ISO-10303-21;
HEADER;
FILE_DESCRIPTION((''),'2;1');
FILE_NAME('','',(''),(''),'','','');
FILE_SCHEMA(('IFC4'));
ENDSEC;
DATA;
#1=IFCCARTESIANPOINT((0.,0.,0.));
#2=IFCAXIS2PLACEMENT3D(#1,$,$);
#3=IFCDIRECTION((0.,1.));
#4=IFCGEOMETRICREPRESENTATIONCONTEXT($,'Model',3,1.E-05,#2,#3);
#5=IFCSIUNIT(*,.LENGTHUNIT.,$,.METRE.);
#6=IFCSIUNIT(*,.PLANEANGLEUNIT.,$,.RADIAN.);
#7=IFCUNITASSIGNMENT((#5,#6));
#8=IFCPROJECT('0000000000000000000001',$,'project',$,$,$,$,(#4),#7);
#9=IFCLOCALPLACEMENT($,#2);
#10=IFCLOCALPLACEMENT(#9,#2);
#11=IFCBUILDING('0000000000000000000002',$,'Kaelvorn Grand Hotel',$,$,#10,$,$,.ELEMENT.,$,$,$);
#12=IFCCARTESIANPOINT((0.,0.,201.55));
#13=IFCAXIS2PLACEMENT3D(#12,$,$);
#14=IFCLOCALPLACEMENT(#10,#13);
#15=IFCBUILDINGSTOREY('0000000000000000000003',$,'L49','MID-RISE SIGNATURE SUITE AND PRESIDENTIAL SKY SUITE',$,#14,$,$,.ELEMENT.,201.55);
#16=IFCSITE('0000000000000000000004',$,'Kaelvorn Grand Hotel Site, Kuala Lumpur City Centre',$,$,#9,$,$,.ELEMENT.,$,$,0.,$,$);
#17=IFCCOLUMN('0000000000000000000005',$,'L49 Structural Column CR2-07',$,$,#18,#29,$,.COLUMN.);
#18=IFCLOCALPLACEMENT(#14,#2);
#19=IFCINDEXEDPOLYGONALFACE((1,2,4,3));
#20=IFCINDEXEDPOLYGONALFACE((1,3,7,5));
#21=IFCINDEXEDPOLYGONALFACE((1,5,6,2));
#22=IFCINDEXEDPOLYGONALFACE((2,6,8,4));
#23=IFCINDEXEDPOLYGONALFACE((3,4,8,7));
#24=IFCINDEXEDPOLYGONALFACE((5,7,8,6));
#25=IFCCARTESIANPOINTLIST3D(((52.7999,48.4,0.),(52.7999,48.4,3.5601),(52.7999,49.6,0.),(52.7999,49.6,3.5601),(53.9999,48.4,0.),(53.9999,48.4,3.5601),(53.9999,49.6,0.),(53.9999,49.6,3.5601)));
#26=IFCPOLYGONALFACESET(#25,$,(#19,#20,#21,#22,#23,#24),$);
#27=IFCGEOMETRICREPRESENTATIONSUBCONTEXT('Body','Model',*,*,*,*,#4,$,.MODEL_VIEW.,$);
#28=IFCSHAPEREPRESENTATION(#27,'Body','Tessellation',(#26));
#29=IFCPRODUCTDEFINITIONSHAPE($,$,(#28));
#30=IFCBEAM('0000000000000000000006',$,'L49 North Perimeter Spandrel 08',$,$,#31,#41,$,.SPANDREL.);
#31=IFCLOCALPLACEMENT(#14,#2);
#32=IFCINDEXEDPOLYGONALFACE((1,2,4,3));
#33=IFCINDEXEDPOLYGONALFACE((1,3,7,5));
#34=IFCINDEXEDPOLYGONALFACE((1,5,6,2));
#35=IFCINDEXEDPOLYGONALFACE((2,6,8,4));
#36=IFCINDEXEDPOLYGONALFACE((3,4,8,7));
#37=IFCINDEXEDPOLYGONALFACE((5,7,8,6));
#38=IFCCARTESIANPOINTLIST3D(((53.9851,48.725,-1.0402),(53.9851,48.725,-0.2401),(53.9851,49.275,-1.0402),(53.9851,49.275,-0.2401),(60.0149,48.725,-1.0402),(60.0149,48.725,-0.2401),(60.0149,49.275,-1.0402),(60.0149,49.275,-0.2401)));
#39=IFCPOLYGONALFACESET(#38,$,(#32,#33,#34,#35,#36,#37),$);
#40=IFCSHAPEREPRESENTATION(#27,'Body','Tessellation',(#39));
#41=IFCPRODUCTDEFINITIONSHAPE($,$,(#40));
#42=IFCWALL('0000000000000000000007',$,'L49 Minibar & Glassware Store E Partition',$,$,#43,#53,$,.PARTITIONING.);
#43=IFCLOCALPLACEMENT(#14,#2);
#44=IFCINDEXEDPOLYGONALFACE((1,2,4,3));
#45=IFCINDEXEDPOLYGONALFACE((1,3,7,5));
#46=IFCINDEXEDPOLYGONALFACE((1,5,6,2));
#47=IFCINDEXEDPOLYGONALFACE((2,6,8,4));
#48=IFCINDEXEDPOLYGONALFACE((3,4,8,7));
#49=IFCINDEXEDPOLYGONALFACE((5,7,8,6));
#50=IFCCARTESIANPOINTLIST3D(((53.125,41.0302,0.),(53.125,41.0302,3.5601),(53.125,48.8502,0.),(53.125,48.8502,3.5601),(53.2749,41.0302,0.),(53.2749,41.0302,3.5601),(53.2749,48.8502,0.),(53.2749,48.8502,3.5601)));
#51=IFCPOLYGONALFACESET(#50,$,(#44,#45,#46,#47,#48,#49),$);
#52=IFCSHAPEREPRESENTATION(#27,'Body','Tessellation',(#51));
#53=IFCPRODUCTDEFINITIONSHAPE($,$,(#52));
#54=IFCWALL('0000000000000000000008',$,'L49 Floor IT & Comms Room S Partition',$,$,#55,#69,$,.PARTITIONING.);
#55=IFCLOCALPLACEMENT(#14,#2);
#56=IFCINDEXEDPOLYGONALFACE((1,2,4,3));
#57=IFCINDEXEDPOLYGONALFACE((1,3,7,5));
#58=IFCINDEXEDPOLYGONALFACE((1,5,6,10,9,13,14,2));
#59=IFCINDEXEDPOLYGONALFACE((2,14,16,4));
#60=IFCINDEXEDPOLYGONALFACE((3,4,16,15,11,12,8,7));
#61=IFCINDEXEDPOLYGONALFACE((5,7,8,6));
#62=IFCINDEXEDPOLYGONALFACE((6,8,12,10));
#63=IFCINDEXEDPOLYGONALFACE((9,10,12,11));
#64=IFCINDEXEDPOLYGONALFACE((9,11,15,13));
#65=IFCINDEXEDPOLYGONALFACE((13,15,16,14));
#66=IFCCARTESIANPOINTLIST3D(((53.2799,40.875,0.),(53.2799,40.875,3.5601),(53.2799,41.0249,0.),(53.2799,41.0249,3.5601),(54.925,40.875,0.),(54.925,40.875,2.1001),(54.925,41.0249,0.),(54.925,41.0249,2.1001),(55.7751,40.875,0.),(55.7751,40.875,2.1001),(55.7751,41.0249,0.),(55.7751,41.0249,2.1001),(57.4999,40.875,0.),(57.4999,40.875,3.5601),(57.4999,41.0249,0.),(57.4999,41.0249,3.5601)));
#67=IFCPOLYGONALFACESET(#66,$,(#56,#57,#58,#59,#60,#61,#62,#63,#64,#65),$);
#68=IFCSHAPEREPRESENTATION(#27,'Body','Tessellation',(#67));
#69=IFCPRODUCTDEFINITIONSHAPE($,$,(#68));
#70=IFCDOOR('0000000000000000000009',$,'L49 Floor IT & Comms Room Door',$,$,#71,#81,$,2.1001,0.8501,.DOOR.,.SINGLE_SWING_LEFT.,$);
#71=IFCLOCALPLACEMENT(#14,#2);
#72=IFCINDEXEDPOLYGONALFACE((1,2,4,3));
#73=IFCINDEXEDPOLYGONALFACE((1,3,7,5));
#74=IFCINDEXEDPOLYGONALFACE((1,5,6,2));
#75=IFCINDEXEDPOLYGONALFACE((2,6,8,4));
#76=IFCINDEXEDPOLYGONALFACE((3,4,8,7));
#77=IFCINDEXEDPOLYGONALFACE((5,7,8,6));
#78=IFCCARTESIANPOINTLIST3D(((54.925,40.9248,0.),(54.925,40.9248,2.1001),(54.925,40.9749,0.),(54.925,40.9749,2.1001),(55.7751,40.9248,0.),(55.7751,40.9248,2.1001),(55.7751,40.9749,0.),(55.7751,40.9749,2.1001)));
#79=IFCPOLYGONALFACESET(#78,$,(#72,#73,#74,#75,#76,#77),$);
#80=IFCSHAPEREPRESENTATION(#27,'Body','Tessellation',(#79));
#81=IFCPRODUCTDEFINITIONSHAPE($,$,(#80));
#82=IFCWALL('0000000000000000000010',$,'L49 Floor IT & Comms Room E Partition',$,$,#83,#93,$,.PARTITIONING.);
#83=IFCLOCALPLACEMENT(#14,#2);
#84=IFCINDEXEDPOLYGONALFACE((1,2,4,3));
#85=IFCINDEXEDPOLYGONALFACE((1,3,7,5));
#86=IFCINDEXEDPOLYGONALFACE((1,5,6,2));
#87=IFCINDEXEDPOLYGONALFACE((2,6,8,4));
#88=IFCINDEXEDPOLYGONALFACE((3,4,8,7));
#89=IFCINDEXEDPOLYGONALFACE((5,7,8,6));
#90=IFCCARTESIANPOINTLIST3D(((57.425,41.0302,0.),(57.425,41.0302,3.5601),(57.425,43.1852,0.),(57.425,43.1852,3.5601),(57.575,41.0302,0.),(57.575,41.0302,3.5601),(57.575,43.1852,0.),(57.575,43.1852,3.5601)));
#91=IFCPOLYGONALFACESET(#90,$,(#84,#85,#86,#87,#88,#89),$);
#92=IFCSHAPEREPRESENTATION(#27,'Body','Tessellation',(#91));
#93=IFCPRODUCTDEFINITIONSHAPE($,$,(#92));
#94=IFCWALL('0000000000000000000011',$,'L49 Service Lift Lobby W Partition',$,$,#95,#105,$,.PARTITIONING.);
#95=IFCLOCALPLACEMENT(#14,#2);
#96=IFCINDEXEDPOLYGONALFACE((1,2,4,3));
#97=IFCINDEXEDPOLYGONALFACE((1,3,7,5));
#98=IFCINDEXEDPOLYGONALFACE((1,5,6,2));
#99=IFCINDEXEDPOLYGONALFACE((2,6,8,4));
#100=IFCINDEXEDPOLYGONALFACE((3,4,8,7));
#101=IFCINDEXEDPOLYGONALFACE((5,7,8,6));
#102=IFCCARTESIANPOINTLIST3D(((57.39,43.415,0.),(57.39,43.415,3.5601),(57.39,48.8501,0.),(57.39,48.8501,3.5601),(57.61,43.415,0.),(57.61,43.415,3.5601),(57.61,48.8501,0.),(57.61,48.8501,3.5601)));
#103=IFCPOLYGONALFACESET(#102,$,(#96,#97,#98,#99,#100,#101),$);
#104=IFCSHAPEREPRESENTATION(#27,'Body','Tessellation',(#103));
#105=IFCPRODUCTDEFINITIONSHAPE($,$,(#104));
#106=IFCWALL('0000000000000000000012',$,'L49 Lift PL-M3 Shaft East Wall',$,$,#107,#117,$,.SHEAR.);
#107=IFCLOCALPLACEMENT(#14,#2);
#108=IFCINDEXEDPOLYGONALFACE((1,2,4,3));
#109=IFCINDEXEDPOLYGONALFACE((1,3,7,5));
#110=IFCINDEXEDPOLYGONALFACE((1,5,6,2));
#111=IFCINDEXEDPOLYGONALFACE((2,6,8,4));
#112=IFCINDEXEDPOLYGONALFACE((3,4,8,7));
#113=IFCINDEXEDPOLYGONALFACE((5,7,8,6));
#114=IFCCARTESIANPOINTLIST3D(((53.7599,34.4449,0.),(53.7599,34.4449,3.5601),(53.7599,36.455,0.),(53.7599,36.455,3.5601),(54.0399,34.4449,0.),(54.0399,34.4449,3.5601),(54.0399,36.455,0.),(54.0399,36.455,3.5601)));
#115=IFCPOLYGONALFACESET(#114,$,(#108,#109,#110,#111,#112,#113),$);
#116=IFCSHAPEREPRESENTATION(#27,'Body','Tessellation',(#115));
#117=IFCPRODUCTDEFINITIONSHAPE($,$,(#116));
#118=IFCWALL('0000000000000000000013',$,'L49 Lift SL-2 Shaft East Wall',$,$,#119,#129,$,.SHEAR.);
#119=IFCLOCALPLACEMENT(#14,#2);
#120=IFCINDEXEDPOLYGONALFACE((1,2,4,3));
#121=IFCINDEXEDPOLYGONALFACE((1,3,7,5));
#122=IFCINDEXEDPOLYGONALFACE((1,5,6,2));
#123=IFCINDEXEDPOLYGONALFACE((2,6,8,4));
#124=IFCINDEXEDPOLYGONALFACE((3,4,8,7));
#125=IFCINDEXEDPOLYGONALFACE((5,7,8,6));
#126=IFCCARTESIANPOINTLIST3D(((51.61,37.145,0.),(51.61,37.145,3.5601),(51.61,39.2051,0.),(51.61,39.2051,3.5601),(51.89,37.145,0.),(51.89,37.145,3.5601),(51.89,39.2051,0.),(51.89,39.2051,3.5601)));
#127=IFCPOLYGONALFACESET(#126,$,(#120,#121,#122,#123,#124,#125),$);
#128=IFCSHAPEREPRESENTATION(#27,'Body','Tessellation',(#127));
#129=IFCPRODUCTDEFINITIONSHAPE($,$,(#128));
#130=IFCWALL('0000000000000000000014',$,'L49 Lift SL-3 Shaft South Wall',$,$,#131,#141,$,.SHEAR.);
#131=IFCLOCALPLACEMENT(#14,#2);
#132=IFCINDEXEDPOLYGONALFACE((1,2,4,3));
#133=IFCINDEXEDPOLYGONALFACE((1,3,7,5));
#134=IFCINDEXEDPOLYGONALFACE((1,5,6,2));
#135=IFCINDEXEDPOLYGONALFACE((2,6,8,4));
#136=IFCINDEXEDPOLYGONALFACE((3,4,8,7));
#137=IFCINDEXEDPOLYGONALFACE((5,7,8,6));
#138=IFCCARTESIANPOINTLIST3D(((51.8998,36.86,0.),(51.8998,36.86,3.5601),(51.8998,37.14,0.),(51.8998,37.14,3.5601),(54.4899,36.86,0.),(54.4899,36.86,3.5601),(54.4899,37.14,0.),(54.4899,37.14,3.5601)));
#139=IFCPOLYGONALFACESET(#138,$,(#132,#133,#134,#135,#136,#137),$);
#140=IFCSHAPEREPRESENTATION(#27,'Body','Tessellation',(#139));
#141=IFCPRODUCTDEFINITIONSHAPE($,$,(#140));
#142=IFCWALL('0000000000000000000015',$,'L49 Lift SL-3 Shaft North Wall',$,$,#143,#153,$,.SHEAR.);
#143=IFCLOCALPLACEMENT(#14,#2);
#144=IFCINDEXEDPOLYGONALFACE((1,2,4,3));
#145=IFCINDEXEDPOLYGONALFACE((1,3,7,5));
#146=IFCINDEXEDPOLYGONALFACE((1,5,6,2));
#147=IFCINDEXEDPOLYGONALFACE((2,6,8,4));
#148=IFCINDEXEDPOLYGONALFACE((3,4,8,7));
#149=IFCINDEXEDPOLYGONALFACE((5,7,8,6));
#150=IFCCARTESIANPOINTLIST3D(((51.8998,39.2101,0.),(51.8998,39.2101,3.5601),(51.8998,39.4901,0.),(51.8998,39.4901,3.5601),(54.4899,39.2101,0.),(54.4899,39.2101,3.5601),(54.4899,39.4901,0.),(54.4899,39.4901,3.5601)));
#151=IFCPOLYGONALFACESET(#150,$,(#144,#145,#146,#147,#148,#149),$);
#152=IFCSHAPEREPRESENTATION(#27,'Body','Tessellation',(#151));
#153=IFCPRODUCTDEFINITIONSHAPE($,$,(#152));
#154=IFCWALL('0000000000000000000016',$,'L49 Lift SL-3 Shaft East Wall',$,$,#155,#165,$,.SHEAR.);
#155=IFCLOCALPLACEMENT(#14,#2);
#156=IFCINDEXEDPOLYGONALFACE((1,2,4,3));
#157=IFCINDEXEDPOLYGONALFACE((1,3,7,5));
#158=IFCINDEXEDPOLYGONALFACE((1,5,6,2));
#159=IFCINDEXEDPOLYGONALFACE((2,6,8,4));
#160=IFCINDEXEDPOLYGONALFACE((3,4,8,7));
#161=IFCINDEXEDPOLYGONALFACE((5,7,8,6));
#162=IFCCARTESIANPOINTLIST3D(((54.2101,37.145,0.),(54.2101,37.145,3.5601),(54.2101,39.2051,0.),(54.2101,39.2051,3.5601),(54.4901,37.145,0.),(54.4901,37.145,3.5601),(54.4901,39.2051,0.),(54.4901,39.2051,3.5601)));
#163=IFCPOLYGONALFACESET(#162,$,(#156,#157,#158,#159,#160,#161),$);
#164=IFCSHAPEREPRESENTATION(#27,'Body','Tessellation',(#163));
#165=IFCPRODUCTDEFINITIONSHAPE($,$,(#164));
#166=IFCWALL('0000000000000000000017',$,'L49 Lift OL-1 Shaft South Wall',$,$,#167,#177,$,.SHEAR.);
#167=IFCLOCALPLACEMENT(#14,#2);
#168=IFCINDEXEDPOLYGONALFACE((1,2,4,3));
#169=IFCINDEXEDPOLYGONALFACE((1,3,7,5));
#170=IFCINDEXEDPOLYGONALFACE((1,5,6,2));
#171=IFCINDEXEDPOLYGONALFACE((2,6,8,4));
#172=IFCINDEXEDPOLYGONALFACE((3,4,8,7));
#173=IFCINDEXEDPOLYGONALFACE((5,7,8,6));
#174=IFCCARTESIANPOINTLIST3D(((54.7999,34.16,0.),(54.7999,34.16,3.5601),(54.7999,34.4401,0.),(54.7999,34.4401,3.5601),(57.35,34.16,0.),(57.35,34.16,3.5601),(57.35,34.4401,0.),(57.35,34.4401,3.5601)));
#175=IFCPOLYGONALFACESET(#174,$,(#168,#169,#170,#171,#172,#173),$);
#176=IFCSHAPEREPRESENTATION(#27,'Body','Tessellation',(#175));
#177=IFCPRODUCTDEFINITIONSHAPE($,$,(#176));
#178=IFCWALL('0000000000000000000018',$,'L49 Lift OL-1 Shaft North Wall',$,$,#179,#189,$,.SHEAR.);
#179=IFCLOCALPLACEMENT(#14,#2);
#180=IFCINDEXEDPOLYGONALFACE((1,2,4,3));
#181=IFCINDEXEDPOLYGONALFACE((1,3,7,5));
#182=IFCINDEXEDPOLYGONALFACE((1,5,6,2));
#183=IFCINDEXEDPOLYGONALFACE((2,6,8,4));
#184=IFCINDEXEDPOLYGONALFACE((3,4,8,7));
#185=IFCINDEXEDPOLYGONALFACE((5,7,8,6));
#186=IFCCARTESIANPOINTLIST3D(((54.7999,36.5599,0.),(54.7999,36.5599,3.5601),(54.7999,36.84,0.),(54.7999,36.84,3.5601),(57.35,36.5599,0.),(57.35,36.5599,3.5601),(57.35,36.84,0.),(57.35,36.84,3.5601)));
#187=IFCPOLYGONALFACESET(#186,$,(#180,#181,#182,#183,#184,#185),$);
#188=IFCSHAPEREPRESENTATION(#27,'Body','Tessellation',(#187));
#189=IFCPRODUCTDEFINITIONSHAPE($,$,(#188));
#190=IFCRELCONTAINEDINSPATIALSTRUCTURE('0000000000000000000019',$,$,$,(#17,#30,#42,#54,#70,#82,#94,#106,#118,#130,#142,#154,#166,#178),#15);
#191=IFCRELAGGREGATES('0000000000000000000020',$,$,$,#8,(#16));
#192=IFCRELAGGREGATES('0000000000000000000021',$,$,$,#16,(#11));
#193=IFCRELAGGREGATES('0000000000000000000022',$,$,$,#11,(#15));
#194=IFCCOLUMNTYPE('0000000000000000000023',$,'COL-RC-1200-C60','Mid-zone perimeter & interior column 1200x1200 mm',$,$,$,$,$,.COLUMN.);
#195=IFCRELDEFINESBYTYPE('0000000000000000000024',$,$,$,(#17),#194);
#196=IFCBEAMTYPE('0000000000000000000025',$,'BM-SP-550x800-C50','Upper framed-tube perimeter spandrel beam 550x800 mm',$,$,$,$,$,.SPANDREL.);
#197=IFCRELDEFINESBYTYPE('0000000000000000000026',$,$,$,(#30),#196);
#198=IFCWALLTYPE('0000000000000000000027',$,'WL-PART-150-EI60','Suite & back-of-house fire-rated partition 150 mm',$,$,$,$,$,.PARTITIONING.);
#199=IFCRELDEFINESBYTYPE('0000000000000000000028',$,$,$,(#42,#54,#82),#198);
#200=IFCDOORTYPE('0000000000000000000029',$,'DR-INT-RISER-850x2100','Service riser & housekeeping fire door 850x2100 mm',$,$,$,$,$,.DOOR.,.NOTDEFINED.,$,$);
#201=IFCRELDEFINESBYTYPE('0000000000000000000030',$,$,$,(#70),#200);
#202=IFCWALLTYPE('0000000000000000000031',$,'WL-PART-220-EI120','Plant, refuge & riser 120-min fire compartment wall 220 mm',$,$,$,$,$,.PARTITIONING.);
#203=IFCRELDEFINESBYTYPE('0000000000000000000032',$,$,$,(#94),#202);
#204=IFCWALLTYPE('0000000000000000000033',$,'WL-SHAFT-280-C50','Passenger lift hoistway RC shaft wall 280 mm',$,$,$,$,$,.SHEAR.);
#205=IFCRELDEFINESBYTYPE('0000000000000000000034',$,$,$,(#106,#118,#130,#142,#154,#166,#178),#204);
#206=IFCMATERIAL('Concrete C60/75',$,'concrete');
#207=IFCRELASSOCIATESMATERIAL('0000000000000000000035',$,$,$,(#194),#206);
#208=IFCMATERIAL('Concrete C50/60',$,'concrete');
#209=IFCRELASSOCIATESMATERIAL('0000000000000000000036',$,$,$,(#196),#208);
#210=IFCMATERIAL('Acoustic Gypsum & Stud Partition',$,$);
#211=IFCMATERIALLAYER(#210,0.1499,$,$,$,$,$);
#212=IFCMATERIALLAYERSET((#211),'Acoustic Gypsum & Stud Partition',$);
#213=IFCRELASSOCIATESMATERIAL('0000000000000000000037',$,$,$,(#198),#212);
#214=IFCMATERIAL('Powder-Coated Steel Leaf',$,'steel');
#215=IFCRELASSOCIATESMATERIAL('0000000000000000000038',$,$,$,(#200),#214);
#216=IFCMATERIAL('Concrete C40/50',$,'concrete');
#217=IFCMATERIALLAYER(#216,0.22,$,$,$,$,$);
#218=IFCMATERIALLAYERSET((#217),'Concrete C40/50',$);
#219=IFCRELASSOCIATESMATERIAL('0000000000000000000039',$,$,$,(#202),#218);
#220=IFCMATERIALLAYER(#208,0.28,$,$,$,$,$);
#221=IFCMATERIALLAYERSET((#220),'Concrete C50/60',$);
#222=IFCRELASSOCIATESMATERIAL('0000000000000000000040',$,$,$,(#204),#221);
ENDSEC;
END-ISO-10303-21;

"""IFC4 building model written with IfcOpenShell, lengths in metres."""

from ifc_helpers import new_model, si_unit, direction, frame, frame_2d, origin, origin_2d, place, context, subcontext, project, spatial, rectangle, extrude, material, layer, layer_set, material_profile, profile_set, type_object, element, fill, save


model = new_model("IFC4")

# Units and contexts
model_context = context("Model", 3, precision=1e-05, world=origin(), true_north=direction((0.0, 1.0)))
body_context = subcontext(model_context, "Body", "Model", "MODEL_VIEW")
ifc_project = project(units=[si_unit("LENGTHUNIT", "METRE"), si_unit("PLANEANGLEUNIT", "RADIAN")], contexts=[model_context])

# Site, building, storey
site_placement = place(None, origin())
site = spatial("IfcSite", under=ifc_project, at=site_placement, Name="Kaelvorn Grand Hotel Site, Kuala Lumpur City Centre", CompositionType="ELEMENT", RefElevation=0.0)
building_placement = place(site_placement, origin())
building = spatial("IfcBuilding", under=site, at=building_placement, Name="Kaelvorn Grand Hotel", CompositionType="ELEMENT")
storey_placement = place(building_placement, frame((0.0, 0.0, 201.55)))
storey = spatial("IfcBuildingStorey", under=building, at=storey_placement, Name="L49", Description="MID-RISE SIGNATURE SUITE AND PRESIDENTIAL SKY SUITE", CompositionType="ELEMENT", Elevation=201.55)

# Column
ifc_material_1 = material(Name="Concrete C60/75", Category="concrete")
ifc_material_profile_1 = material_profile(ifc_material_1, rectangle(XDim=1.2, YDim=1.2, at=origin_2d()), Name="RC COL 1200x1200")
ifc_profile_set_1 = profile_set([ifc_material_profile_1], Name="Concrete C60/75")
column_type = type_object("IfcColumnType", Name="COL-RC-1200-C60", Description="Mid-zone perimeter & interior column 1200x1200 mm", PredefinedType="COLUMN", material=ifc_profile_set_1)
column_placement = place(storey_placement, frame((53.3999, 49.0, 0.0), z_axis=(0.0, 0.0, 1.0), x_axis=(1.0, 0.0, 0.0)))
element("IfcColumn", 1, at=column_placement, inside=storey, type_object=column_type, Name="L49 Structural Column CR2-07", PredefinedType="COLUMN", context=body_context, shape_type="SweptSolid", body=[
    extrude(rectangle(XDim=1.2, YDim=1.2, at=origin_2d()), origin(), (0.0, 0.0, 1.0), 3.5601),
])

# Beam
ifc_material_2 = material(Name="Concrete C50/60", Category="concrete")
ifc_material_profile_2 = material_profile(ifc_material_2, rectangle(XDim=0.55, YDim=0.8, at=origin_2d()), Name="RC SPANDREL 550x800")
ifc_profile_set_2 = profile_set([ifc_material_profile_2], Name="Concrete C50/60")
beam_type = type_object("IfcBeamType", Name="BM-SP-550x800-C50", Description="Upper framed-tube perimeter spandrel beam 550x800 mm", PredefinedType="SPANDREL", material=ifc_profile_set_2)
beam_placement = place(storey_placement, frame((53.9851, 49.0, -0.6401), z_axis=(1.0, 0.0, 0.0), x_axis=(0.0, 1.0, 0.0)))
element("IfcBeam", 2, at=beam_placement, inside=storey, type_object=beam_type, Name="L49 North Perimeter Spandrel 08", PredefinedType="SPANDREL", context=body_context, shape_type="SweptSolid", body=[
    extrude(rectangle(XDim=0.55, YDim=0.8, at=origin_2d()), origin(), (0.0, 0.0, 1.0), 6.0298),
])

# Wall
ifc_material_3 = material(Name="Acoustic Gypsum & Stud Partition")
ifc_layer_1 = layer(ifc_material_3, 0.1499)
ifc_layer_set_1 = layer_set([ifc_layer_1], Name="Acoustic Gypsum & Stud Partition")
wall_type_1 = type_object("IfcWallType", Name="WL-PART-150-EI60", Description="Suite & back-of-house fire-rated partition 150 mm", PredefinedType="PARTITIONING", material=ifc_layer_set_1)
wall_1_placement = place(storey_placement, frame((53.2, 41.03, 0.0), z_axis=(0.0, 0.0, 1.0), x_axis=(0.0, 1.0, 0.0)))
element("IfcWall", 3, at=wall_1_placement, inside=storey, type_object=wall_type_1, Name="L49 Minibar & Glassware Store E Partition", PredefinedType="PARTITIONING", context=body_context, shape_type="SweptSolid", body=[
    extrude(rectangle(XDim=7.8201, YDim=0.1499, at=frame_2d((3.9102, 0.0))), origin(), (0.0, 0.0, 1.0), 3.5601),
])

# Wall, opening, door
wall_2_placement = place(storey_placement, frame((53.28, 40.95, 0.0), z_axis=(0.0, 0.0, 1.0), x_axis=(1.0, 0.0, 0.0)))
wall_2 = element("IfcWall", 4, at=wall_2_placement, inside=storey, type_object=wall_type_1, Name="L49 Floor IT & Comms Room S Partition", PredefinedType="PARTITIONING", context=body_context, shape_type="SweptSolid", body=[
    extrude(rectangle(XDim=4.22, YDim=0.1499, at=frame_2d((2.1099, 0.0))), origin(), (0.0, 0.0, 1.0), 3.5601),
])
opening_1_placement = place(wall_2_placement, frame((1.645, 0.0, 0.0)))
opening_1 = element("IfcOpeningElement", 5, at=opening_1_placement, cuts=wall_2, PredefinedType="OPENING", context=body_context, shape_type="SweptSolid", body=[
    extrude(rectangle(XDim=0.8501, YDim=2.1001, at=frame_2d((0.425, 1.05))), frame((0.0, 0.085, 0.0), z_axis=(0.0, -1.0, 0.0), x_axis=(1.0, 0.0, 0.0)), (0.0, 0.0, 1.0), 0.1699),
])
ifc_material_4 = material(Name="Powder-Coated Steel Leaf", Category="steel")
door_type_1 = type_object("IfcDoorType", Name="DR-INT-RISER-850x2100", Description="Service riser & housekeeping fire door 850x2100 mm", OperationType="NOTDEFINED", PredefinedType="DOOR", material=ifc_material_4)
door_1_placement = place(opening_1_placement, origin())
door_1 = element("IfcDoor", 6, at=door_1_placement, inside=storey, type_object=door_type_1, Name="L49 Floor IT & Comms Room Door", OperationType="SINGLE_SWING_LEFT", OverallHeight=2.1001, OverallWidth=0.8501, PredefinedType="DOOR", context=body_context, shape_type="SweptSolid", body=[
    extrude(rectangle(XDim=0.8501, YDim=2.1001, at=frame_2d((0.425, 1.05))), frame((0.0, 0.0249, 0.0), z_axis=(0.0, -1.0, 0.0), x_axis=(1.0, 0.0, 0.0)), (0.0, 0.0, 1.0), 0.05),
])
fill(opening_1, door_1)

# Wall
wall_3_placement = place(storey_placement, frame((57.5, 41.03, 0.0), z_axis=(0.0, 0.0, 1.0), x_axis=(0.0, 1.0, 0.0)))
element("IfcWall", 7, at=wall_3_placement, inside=storey, type_object=wall_type_1, Name="L49 Floor IT & Comms Room E Partition", PredefinedType="PARTITIONING", context=body_context, shape_type="SweptSolid", body=[
    extrude(rectangle(XDim=2.155, YDim=0.1499, at=frame_2d((1.0776, 0.0))), origin(), (0.0, 0.0, 1.0), 3.5601),
])

# Shared definitions
ifc_material_5 = material(Name="Concrete C40/50", Category="concrete")
ifc_layer_2 = layer(ifc_material_5, 0.22)
ifc_layer_set_2 = layer_set([ifc_layer_2], Name="Concrete C40/50")
wall_type_2 = type_object("IfcWallType", Name="WL-PART-220-EI120", Description="Plant, refuge & riser 120-min fire compartment wall 220 mm", PredefinedType="PARTITIONING", material=ifc_layer_set_2)

# Walls
wall_4_placement = place(storey_placement, frame((57.5, 43.415, 0.0), z_axis=(0.0, 0.0, 1.0), x_axis=(0.0, 1.0, 0.0)))
element("IfcWall", 8, at=wall_4_placement, inside=storey, type_object=wall_type_2, Name="L49 Service Lift Lobby W Partition", PredefinedType="PARTITIONING", context=body_context, shape_type="SweptSolid", body=[
    extrude(rectangle(XDim=5.4351, YDim=0.22, at=frame_2d((2.7175, 0.0))), origin(), (0.0, 0.0, 1.0), 3.5601),
])
ifc_layer_3 = layer(ifc_material_2, 0.28)
ifc_layer_set_3 = layer_set([ifc_layer_3], Name="Concrete C50/60")
wall_type_3 = type_object("IfcWallType", Name="WL-SHAFT-280-C50", Description="Passenger lift hoistway RC shaft wall 280 mm", PredefinedType="SHEAR", material=ifc_layer_set_3)
wall_5_placement = place(storey_placement, frame((53.8999, 34.4451, 0.0), z_axis=(0.0, 0.0, 1.0), x_axis=(0.0, 1.0, 0.0)))
element("IfcWall", 9, at=wall_5_placement, inside=storey, type_object=wall_type_3, Name="L49 Lift PL-M3 Shaft East Wall", PredefinedType="SHEAR", context=body_context, shape_type="SweptSolid", body=[
    extrude(rectangle(XDim=2.01, YDim=0.28, at=frame_2d((1.0049, 0.0))), origin(), (0.0, 0.0, 1.0), 3.5601),
])
wall_6_placement = place(storey_placement, frame((51.75, 37.145, 0.0), z_axis=(0.0, 0.0, 1.0), x_axis=(0.0, 1.0, 0.0)))
element("IfcWall", 10, at=wall_6_placement, inside=storey, type_object=wall_type_3, Name="L49 Lift SL-2 Shaft East Wall", PredefinedType="SHEAR", context=body_context, shape_type="SweptSolid", body=[
    extrude(rectangle(XDim=2.0601, YDim=0.28, at=frame_2d((1.03, 0.0))), origin(), (0.0, 0.0, 1.0), 3.5601),
])
for number, where, z_axis, x_axis, name in (
    (11, (51.8999, 37.0, 0.0), (0.0, 0.0, 1.0), (1.0, 0.0, 0.0), "L49 Lift SL-3 Shaft South Wall"),
    (12, (51.8999, 39.3501, 0.0), (0.0, 0.0, 1.0), (1.0, 0.0, 0.0), "L49 Lift SL-3 Shaft North Wall"),
):
    element("IfcWall", number, at=place(storey_placement, frame(where, z_axis=z_axis, x_axis=x_axis)), inside=storey, type_object=wall_type_3, Name=name, PredefinedType="SHEAR", context=body_context, shape_type="SweptSolid", body=[
        extrude(rectangle(XDim=2.5901, YDim=0.28, at=frame_2d((1.2949, 0.0))), origin(), (0.0, 0.0, 1.0), 3.5601),
    ])
wall_7_placement = place(storey_placement, frame((54.3501, 37.145, 0.0), z_axis=(0.0, 0.0, 1.0), x_axis=(0.0, 1.0, 0.0)))
element("IfcWall", 13, at=wall_7_placement, inside=storey, type_object=wall_type_3, Name="L49 Lift SL-3 Shaft East Wall", PredefinedType="SHEAR", context=body_context, shape_type="SweptSolid", body=[
    extrude(rectangle(XDim=2.0601, YDim=0.28, at=frame_2d((1.03, 0.0))), origin(), (0.0, 0.0, 1.0), 3.5601),
])
for number, where, z_axis, x_axis, name in (
    (14, (54.8, 34.3, 0.0), (0.0, 0.0, 1.0), (1.0, 0.0, 0.0), "L49 Lift OL-1 Shaft South Wall"),
    (15, (54.8, 36.7, 0.0), (0.0, 0.0, 1.0), (1.0, 0.0, 0.0), "L49 Lift OL-1 Shaft North Wall"),
):
    element("IfcWall", number, at=place(storey_placement, frame(where, z_axis=z_axis, x_axis=x_axis)), inside=storey, type_object=wall_type_3, Name=name, PredefinedType="SHEAR", context=body_context, shape_type="SweptSolid", body=[
        extrude(rectangle(XDim=2.55, YDim=0.28, at=frame_2d((1.2749, 0.0))), origin(), (0.0, 0.0, 1.0), 3.5601),
    ])

save(model, "model.ifc")
